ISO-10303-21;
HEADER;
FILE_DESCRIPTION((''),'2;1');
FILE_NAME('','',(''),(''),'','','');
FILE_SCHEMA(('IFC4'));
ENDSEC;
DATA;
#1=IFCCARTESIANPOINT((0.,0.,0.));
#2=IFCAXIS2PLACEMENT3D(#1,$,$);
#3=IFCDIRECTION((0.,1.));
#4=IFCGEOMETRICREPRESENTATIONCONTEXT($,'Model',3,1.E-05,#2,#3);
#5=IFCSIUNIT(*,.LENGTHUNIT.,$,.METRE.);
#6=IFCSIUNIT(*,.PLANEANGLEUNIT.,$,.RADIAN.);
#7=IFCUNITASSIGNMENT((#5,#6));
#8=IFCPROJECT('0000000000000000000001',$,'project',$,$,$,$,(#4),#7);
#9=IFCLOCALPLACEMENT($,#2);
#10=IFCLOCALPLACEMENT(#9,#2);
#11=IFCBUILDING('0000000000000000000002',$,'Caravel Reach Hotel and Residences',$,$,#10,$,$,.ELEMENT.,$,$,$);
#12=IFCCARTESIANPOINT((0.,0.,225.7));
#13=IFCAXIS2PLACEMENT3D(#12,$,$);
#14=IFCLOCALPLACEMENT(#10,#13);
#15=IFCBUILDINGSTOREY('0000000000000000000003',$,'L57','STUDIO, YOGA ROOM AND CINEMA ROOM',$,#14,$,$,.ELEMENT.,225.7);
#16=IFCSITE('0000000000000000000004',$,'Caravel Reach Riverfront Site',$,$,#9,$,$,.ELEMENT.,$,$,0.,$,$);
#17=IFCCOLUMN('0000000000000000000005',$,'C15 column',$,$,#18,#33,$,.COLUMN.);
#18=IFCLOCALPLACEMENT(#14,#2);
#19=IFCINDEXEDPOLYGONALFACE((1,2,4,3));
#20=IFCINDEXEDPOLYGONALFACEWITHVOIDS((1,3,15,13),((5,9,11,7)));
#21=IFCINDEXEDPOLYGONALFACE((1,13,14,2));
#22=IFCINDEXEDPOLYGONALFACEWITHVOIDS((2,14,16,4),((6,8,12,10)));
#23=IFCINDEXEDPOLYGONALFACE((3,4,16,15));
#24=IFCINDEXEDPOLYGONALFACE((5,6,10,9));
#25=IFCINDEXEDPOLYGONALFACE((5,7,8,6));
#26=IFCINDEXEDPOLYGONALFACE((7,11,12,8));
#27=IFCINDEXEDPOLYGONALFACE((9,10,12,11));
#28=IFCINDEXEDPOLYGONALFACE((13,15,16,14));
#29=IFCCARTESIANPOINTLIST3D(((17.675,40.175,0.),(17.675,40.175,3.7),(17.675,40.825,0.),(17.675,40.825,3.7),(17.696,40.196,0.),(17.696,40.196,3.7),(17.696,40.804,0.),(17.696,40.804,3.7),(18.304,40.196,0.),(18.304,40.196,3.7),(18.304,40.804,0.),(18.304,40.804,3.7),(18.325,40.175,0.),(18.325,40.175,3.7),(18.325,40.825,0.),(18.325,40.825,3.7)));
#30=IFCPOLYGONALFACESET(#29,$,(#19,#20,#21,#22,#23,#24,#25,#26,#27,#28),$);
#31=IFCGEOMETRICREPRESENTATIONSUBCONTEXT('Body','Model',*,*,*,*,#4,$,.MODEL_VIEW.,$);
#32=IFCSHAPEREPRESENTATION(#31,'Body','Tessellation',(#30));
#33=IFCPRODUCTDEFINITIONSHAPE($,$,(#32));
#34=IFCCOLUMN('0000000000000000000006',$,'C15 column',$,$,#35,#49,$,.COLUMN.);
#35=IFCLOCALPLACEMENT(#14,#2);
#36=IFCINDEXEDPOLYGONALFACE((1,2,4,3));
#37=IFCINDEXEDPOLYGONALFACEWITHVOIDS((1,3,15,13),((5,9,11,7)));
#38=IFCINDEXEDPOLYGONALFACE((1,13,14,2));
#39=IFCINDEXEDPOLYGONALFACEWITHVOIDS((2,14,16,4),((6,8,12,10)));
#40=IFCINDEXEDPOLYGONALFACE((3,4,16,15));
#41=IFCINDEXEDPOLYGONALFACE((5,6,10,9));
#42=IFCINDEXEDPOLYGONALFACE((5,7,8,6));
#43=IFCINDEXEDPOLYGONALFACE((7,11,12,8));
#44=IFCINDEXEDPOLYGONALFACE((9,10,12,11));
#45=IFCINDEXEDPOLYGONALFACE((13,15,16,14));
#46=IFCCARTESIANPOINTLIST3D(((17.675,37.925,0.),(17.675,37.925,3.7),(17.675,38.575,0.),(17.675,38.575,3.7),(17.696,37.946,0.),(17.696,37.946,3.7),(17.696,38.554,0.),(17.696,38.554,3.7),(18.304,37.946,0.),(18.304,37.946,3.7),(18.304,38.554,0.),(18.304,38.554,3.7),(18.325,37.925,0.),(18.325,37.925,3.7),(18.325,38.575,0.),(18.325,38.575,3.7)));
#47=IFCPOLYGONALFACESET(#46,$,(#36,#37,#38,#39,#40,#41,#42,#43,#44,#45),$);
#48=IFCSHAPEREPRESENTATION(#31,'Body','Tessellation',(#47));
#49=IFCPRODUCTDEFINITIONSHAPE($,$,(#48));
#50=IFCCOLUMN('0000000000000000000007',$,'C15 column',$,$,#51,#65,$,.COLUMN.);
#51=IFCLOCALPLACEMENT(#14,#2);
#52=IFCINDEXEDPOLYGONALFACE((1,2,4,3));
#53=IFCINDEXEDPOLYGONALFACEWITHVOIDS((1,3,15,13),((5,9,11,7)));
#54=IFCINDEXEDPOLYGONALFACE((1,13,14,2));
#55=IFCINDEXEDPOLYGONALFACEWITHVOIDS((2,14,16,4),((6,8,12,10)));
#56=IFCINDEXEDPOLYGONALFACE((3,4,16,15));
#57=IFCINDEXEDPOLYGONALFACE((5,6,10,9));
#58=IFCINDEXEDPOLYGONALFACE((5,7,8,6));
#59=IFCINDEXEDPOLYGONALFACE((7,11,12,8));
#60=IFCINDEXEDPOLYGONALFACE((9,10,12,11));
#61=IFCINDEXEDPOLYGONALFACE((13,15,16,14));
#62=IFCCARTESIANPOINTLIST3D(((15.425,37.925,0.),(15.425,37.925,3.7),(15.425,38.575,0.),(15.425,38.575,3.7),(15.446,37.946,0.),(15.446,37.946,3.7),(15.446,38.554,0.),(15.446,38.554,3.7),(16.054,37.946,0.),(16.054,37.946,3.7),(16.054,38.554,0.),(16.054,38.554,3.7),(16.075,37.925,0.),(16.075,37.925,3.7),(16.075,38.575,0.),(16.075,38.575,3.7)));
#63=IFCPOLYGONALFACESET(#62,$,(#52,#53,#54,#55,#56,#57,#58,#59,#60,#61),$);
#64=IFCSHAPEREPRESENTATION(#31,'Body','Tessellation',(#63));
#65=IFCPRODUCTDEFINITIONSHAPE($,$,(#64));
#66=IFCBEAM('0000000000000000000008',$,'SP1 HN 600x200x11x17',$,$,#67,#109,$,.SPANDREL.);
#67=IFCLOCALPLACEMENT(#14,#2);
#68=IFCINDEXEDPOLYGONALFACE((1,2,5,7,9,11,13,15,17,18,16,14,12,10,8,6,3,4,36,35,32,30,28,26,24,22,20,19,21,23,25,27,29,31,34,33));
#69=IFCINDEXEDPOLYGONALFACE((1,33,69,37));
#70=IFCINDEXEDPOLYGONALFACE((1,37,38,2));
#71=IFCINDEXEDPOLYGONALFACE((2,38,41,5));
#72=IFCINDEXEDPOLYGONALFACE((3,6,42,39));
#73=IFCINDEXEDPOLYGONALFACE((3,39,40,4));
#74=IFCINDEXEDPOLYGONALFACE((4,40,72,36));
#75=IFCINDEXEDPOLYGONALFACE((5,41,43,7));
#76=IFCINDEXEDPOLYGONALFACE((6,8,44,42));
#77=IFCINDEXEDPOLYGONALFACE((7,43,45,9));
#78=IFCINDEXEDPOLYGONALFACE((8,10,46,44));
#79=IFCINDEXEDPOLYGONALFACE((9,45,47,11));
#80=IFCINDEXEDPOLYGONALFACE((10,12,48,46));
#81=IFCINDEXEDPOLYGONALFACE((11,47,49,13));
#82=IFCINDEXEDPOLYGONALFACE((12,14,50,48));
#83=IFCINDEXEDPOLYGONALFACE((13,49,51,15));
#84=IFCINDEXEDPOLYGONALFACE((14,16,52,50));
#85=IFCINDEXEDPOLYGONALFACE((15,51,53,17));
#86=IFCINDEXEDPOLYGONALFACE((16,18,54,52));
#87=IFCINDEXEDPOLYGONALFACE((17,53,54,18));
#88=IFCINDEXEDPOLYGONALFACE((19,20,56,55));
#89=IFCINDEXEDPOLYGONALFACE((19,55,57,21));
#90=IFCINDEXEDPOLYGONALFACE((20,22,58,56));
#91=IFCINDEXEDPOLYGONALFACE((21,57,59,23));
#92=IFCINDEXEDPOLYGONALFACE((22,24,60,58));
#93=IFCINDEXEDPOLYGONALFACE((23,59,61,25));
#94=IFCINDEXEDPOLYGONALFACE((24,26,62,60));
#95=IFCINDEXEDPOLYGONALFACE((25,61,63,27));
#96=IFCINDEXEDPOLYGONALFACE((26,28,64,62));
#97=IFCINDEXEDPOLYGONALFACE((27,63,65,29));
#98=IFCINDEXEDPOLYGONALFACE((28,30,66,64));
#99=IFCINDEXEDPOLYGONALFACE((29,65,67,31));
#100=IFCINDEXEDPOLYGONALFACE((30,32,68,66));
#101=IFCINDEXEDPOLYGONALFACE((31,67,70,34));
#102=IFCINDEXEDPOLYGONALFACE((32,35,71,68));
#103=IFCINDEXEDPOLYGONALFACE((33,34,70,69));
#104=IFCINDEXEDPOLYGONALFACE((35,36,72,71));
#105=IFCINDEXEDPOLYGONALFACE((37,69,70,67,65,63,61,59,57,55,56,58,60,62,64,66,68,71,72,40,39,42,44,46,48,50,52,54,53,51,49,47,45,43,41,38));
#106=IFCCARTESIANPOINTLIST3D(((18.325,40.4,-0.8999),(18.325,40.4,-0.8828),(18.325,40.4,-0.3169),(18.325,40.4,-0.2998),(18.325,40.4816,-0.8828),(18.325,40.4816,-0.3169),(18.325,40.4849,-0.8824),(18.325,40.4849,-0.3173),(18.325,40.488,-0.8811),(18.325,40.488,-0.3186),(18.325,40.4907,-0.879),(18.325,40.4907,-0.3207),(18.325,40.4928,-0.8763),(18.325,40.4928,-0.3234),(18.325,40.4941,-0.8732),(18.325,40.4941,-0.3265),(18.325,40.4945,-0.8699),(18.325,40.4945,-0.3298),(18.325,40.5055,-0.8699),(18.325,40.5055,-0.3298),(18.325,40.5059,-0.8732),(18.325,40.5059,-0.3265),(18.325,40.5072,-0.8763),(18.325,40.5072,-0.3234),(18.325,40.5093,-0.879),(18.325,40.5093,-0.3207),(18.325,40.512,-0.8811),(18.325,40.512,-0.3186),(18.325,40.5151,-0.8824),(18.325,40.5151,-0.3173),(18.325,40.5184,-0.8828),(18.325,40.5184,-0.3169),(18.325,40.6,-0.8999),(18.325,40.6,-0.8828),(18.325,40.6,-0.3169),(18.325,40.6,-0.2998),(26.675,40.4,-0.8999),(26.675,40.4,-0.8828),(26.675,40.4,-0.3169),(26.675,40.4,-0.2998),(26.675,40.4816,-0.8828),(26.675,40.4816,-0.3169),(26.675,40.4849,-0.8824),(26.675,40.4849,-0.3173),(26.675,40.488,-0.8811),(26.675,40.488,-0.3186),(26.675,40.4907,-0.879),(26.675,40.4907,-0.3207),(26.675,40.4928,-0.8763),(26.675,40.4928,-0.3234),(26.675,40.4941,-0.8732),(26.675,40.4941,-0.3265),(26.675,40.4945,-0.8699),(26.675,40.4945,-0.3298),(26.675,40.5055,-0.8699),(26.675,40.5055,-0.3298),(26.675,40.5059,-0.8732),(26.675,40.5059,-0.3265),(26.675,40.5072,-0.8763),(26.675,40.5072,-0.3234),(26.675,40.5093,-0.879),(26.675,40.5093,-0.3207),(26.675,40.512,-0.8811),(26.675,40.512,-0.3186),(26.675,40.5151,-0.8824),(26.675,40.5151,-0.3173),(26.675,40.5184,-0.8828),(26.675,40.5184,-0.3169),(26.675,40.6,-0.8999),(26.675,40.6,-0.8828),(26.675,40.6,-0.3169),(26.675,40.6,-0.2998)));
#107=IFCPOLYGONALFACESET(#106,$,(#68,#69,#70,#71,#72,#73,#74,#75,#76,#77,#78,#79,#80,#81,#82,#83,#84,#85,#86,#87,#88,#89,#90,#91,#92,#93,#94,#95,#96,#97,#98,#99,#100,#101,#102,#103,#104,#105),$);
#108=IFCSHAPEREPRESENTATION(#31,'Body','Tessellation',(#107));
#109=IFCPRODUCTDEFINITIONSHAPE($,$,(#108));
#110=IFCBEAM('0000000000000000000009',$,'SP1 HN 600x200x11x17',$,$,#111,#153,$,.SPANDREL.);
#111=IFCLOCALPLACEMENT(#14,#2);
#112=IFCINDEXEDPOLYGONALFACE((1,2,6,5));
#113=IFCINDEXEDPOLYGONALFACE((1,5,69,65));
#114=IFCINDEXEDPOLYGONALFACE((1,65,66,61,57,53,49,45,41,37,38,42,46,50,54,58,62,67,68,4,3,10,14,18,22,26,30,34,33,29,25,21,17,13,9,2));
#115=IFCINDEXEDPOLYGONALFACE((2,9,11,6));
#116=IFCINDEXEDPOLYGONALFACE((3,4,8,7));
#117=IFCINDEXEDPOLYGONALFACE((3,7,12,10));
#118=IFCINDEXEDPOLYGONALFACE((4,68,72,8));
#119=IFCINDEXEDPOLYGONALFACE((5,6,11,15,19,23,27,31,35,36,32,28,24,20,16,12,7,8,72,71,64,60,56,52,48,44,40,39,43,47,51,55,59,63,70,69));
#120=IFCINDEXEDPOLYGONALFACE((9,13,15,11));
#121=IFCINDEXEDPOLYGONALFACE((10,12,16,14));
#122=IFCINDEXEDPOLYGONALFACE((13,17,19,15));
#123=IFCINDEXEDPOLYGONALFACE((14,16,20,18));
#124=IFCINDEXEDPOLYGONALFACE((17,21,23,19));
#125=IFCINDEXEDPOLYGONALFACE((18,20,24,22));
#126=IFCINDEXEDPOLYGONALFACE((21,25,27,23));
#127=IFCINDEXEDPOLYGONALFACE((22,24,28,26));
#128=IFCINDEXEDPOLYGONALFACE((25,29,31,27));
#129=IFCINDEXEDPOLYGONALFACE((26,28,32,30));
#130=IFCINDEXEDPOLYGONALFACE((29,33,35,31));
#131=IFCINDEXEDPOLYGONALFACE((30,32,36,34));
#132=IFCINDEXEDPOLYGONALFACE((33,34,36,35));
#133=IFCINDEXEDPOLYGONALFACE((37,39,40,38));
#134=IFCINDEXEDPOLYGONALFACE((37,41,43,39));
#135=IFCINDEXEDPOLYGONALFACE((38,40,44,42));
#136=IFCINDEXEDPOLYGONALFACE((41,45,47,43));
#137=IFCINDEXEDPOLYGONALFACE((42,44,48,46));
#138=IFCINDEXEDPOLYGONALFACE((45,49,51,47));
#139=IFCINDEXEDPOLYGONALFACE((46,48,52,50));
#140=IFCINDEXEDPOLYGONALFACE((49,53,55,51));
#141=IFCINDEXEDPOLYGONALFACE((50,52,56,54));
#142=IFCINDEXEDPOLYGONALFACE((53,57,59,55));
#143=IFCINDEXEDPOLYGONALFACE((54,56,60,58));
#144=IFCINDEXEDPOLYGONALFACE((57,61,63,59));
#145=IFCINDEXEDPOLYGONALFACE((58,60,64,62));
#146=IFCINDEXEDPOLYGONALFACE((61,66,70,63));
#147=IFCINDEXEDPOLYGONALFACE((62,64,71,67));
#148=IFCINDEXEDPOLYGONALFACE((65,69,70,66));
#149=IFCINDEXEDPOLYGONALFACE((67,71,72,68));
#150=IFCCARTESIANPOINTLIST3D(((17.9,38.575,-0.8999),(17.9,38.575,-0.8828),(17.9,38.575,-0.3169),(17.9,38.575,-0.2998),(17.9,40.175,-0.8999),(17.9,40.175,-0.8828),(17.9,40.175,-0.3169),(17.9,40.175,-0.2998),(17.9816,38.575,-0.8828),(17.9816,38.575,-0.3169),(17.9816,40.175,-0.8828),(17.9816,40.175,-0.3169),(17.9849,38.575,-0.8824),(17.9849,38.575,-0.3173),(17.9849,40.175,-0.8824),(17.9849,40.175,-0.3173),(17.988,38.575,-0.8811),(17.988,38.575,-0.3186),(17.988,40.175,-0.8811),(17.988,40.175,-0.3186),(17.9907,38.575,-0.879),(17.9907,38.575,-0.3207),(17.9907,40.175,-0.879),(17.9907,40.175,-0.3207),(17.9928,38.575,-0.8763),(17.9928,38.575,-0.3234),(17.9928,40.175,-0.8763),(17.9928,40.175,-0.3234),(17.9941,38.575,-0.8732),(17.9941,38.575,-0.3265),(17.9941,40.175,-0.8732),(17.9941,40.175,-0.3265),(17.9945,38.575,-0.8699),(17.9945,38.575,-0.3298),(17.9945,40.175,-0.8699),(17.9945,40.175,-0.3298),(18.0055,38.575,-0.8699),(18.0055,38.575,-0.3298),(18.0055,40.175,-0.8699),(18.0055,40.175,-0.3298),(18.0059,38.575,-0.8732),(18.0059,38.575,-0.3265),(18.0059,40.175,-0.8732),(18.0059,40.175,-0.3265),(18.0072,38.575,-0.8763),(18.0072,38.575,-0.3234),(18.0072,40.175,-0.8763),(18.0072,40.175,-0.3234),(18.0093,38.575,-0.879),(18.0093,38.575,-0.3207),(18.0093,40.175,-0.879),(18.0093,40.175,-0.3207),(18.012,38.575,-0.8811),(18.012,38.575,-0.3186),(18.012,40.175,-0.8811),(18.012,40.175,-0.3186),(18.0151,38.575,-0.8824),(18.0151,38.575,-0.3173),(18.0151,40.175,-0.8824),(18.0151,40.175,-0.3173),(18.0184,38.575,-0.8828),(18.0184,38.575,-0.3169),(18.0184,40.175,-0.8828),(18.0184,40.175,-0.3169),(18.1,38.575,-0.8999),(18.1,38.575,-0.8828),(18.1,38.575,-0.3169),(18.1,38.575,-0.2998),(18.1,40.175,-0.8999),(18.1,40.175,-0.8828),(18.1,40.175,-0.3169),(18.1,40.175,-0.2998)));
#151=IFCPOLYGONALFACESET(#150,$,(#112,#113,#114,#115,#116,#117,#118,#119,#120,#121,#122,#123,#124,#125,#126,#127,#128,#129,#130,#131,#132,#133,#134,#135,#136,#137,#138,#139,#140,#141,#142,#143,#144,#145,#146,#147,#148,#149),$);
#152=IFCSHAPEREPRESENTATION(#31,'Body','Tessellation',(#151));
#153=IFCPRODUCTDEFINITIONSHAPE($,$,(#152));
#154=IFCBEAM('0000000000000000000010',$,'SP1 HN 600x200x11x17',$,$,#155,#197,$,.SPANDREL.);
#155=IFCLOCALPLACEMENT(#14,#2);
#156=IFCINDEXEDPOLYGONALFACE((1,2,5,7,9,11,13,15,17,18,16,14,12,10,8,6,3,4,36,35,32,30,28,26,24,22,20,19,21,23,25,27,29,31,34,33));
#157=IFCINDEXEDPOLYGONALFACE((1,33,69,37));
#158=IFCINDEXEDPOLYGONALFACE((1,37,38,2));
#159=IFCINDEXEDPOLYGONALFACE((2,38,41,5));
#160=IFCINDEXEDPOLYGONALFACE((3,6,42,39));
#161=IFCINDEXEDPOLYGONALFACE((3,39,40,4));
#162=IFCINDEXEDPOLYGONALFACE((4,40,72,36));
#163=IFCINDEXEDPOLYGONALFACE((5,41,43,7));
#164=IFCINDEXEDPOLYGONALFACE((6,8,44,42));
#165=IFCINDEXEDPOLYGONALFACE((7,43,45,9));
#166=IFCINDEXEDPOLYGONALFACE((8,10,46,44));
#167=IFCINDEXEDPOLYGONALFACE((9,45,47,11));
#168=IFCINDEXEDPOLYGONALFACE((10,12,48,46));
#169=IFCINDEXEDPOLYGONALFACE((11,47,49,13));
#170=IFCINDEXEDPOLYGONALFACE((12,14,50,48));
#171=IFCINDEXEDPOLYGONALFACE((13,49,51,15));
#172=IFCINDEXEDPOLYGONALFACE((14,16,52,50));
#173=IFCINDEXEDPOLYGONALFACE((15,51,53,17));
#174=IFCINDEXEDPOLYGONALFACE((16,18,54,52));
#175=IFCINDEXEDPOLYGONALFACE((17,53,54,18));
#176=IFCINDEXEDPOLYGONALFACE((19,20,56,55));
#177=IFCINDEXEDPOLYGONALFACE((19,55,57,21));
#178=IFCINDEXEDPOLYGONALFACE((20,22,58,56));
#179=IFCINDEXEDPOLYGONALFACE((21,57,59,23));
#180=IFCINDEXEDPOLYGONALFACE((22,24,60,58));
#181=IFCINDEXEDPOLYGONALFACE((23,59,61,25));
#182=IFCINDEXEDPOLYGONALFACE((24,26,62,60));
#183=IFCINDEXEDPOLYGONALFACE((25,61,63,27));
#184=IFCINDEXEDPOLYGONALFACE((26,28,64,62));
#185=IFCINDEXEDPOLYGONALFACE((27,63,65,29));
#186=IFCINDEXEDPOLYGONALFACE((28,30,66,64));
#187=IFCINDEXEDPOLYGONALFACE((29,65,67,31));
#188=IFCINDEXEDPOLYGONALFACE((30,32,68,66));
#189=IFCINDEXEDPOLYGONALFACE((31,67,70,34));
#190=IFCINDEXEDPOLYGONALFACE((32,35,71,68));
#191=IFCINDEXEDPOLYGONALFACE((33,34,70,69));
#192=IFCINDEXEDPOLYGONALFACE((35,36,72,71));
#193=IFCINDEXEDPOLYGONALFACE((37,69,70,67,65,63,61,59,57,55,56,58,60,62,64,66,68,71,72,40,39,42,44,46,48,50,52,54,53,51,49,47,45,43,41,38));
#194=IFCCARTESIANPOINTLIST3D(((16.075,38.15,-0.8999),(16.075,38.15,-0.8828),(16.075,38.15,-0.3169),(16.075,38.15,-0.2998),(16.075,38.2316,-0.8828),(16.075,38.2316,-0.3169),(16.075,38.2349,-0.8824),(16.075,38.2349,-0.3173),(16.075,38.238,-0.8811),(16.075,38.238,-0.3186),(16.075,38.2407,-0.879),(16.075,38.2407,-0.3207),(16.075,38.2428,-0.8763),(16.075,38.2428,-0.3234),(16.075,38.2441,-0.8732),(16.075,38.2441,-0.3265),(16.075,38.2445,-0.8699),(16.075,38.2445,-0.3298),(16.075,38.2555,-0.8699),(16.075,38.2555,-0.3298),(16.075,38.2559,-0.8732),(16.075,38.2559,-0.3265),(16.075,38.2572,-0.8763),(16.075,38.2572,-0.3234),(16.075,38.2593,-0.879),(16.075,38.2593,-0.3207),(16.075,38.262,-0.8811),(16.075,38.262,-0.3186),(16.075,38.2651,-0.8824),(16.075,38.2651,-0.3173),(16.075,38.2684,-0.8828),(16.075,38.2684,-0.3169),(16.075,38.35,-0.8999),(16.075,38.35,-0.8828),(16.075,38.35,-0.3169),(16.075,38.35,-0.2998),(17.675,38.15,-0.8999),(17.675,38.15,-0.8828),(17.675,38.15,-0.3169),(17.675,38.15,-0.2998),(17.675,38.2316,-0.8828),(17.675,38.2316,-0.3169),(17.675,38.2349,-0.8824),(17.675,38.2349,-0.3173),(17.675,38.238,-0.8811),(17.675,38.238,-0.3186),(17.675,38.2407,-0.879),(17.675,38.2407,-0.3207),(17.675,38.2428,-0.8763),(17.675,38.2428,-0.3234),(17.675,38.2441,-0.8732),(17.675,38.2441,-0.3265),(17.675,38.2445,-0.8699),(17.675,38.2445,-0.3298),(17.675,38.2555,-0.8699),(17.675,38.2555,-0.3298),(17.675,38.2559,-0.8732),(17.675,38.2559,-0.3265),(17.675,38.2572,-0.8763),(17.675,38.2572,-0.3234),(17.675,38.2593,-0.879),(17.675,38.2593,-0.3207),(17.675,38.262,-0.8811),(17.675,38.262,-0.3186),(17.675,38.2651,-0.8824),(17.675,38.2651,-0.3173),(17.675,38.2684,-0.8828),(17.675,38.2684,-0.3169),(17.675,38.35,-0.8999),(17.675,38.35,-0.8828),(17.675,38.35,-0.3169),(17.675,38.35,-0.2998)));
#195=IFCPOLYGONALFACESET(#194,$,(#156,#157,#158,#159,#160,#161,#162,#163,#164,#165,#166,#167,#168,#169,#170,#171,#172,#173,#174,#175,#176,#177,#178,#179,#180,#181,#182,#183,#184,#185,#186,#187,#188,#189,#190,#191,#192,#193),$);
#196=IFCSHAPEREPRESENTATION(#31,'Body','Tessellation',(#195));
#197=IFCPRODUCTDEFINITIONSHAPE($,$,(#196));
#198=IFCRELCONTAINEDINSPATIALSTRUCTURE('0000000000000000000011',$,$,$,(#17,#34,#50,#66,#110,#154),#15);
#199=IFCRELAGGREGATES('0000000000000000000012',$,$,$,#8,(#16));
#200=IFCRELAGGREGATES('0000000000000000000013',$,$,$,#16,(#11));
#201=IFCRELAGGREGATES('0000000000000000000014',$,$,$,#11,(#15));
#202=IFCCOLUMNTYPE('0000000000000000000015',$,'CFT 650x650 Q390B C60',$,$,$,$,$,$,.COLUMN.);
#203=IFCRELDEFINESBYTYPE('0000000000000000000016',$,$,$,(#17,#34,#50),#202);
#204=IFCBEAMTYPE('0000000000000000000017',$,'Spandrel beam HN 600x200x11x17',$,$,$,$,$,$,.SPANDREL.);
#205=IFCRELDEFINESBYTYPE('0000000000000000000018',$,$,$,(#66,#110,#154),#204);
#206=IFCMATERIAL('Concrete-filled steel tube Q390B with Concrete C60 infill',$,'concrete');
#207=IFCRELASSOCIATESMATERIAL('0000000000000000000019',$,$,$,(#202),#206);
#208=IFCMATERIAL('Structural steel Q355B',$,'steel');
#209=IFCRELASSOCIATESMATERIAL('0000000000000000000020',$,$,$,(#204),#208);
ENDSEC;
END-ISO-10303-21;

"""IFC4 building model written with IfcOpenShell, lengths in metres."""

from ifc_helpers import new_model, si_unit, direction, frame, origin, origin_2d, place, context, subcontext, project, spatial, hollow_rectangle, i_section, extrude, material, material_profile, profile_set, type_object, element, save


model = new_model("IFC4")

# Units and contexts
model_context = context("Model", 3, precision=1e-05, world=origin(), true_north=direction((0.0, 1.0)))
body_context = subcontext(model_context, "Body", "Model", "MODEL_VIEW")
ifc_project = project(units=[si_unit("LENGTHUNIT", "METRE"), si_unit("PLANEANGLEUNIT", "RADIAN")], contexts=[model_context])

# Site, building, storey
site_placement = place(None, origin())
site = spatial("IfcSite", under=ifc_project, at=site_placement, Name="Caravel Reach Riverfront Site", CompositionType="ELEMENT", RefElevation=0.0)
building_placement = place(site_placement, origin())
building = spatial("IfcBuilding", under=site, at=building_placement, Name="Caravel Reach Hotel and Residences", CompositionType="ELEMENT")
storey_placement = place(building_placement, frame((0.0, 0.0, 225.7)))
storey = spatial("IfcBuildingStorey", under=building, at=storey_placement, Name="L57", Description="STUDIO, YOGA ROOM AND CINEMA ROOM", CompositionType="ELEMENT", Elevation=225.7)

# Columns
ifc_material_1 = material(Name="Concrete-filled steel tube Q390B with Concrete C60 infill", Category="concrete")
ifc_material_profile_1 = material_profile(ifc_material_1, hollow_rectangle(XDim=0.6499, YDim=0.6499, WallThickness=0.021, at=origin_2d()), Name="RHS 650x650x21")
ifc_profile_set_1 = profile_set([ifc_material_profile_1], Name="Concrete-filled steel tube Q390B with Concrete C60 infill")
column_type = type_object("IfcColumnType", Name="CFT 650x650 Q390B C60", PredefinedType="COLUMN", material=ifc_profile_set_1)
for number, where, z_axis, x_axis, name in (
    (1, (18.0, 40.5, 0.0), (0.0, 0.0, 1.0), (1.0, 0.0, 0.0), "C15 column"),
    (2, (18.0, 38.25, 0.0), (0.0, 0.0, 1.0), (1.0, 0.0, 0.0), "C15 column"),
    (3, (15.75, 38.25, 0.0), (0.0, 0.0, 1.0), (1.0, 0.0, 0.0), "C15 column"),
):
    element("IfcColumn", number, at=place(storey_placement, frame(where, z_axis=z_axis, x_axis=x_axis)), inside=storey, type_object=column_type, Name=name, PredefinedType="COLUMN", context=body_context, shape_type="SweptSolid", body=[
        extrude(hollow_rectangle(XDim=0.6499, YDim=0.6499, WallThickness=0.021, at=origin_2d()), origin(), (0.0, 0.0, 1.0), 3.7),
    ])

# Beams
ifc_material_2 = material(Name="Structural steel Q355B", Category="steel")
ifc_material_profile_2 = material_profile(ifc_material_2, i_section(OverallWidth=0.2, OverallDepth=0.6001, WebThickness=0.011, FlangeThickness=0.0171, FilletRadius=0.0129, at=origin_2d()), Name="HN 600x200x11x17")
ifc_profile_set_2 = profile_set([ifc_material_profile_2], Name="Structural steel Q355B")
beam_type = type_object("IfcBeamType", Name="Spandrel beam HN 600x200x11x17", PredefinedType="SPANDREL", material=ifc_profile_set_2)
beam_placement = place(storey_placement, frame((26.675, 40.5, -0.5999), z_axis=(-1.0, 0.0, 0.0), x_axis=(0.0, -1.0, 0.0)))
element("IfcBeam", 4, at=beam_placement, inside=storey, type_object=beam_type, Name="SP1 HN 600x200x11x17", PredefinedType="SPANDREL", context=body_context, shape_type="SweptSolid", body=[
    extrude(i_section(OverallWidth=0.2, OverallDepth=0.6001, WebThickness=0.011, FlangeThickness=0.0171, FilletRadius=0.0129, at=origin_2d()), origin(), (0.0, 0.0, 1.0), 8.3501),
])
for number, where, z_axis, x_axis, name in (
    (5, (18.0, 40.175, -0.5999), (0.0, -1.0, 0.0), (1.0, 0.0, 0.0), "SP1 HN 600x200x11x17"),
    (6, (17.675, 38.25, -0.5999), (-1.0, 0.0, 0.0), (0.0, -1.0, 0.0), "SP1 HN 600x200x11x17"),
):
    element("IfcBeam", number, at=place(storey_placement, frame(where, z_axis=z_axis, x_axis=x_axis)), inside=storey, type_object=beam_type, Name=name, PredefinedType="SPANDREL", context=body_context, shape_type="SweptSolid", body=[
        extrude(i_section(OverallWidth=0.2, OverallDepth=0.6001, WebThickness=0.011, FlangeThickness=0.0171, FilletRadius=0.0129, at=origin_2d()), origin(), (0.0, 0.0, 1.0), 1.6001),
    ])

save(model, "model.ifc")
